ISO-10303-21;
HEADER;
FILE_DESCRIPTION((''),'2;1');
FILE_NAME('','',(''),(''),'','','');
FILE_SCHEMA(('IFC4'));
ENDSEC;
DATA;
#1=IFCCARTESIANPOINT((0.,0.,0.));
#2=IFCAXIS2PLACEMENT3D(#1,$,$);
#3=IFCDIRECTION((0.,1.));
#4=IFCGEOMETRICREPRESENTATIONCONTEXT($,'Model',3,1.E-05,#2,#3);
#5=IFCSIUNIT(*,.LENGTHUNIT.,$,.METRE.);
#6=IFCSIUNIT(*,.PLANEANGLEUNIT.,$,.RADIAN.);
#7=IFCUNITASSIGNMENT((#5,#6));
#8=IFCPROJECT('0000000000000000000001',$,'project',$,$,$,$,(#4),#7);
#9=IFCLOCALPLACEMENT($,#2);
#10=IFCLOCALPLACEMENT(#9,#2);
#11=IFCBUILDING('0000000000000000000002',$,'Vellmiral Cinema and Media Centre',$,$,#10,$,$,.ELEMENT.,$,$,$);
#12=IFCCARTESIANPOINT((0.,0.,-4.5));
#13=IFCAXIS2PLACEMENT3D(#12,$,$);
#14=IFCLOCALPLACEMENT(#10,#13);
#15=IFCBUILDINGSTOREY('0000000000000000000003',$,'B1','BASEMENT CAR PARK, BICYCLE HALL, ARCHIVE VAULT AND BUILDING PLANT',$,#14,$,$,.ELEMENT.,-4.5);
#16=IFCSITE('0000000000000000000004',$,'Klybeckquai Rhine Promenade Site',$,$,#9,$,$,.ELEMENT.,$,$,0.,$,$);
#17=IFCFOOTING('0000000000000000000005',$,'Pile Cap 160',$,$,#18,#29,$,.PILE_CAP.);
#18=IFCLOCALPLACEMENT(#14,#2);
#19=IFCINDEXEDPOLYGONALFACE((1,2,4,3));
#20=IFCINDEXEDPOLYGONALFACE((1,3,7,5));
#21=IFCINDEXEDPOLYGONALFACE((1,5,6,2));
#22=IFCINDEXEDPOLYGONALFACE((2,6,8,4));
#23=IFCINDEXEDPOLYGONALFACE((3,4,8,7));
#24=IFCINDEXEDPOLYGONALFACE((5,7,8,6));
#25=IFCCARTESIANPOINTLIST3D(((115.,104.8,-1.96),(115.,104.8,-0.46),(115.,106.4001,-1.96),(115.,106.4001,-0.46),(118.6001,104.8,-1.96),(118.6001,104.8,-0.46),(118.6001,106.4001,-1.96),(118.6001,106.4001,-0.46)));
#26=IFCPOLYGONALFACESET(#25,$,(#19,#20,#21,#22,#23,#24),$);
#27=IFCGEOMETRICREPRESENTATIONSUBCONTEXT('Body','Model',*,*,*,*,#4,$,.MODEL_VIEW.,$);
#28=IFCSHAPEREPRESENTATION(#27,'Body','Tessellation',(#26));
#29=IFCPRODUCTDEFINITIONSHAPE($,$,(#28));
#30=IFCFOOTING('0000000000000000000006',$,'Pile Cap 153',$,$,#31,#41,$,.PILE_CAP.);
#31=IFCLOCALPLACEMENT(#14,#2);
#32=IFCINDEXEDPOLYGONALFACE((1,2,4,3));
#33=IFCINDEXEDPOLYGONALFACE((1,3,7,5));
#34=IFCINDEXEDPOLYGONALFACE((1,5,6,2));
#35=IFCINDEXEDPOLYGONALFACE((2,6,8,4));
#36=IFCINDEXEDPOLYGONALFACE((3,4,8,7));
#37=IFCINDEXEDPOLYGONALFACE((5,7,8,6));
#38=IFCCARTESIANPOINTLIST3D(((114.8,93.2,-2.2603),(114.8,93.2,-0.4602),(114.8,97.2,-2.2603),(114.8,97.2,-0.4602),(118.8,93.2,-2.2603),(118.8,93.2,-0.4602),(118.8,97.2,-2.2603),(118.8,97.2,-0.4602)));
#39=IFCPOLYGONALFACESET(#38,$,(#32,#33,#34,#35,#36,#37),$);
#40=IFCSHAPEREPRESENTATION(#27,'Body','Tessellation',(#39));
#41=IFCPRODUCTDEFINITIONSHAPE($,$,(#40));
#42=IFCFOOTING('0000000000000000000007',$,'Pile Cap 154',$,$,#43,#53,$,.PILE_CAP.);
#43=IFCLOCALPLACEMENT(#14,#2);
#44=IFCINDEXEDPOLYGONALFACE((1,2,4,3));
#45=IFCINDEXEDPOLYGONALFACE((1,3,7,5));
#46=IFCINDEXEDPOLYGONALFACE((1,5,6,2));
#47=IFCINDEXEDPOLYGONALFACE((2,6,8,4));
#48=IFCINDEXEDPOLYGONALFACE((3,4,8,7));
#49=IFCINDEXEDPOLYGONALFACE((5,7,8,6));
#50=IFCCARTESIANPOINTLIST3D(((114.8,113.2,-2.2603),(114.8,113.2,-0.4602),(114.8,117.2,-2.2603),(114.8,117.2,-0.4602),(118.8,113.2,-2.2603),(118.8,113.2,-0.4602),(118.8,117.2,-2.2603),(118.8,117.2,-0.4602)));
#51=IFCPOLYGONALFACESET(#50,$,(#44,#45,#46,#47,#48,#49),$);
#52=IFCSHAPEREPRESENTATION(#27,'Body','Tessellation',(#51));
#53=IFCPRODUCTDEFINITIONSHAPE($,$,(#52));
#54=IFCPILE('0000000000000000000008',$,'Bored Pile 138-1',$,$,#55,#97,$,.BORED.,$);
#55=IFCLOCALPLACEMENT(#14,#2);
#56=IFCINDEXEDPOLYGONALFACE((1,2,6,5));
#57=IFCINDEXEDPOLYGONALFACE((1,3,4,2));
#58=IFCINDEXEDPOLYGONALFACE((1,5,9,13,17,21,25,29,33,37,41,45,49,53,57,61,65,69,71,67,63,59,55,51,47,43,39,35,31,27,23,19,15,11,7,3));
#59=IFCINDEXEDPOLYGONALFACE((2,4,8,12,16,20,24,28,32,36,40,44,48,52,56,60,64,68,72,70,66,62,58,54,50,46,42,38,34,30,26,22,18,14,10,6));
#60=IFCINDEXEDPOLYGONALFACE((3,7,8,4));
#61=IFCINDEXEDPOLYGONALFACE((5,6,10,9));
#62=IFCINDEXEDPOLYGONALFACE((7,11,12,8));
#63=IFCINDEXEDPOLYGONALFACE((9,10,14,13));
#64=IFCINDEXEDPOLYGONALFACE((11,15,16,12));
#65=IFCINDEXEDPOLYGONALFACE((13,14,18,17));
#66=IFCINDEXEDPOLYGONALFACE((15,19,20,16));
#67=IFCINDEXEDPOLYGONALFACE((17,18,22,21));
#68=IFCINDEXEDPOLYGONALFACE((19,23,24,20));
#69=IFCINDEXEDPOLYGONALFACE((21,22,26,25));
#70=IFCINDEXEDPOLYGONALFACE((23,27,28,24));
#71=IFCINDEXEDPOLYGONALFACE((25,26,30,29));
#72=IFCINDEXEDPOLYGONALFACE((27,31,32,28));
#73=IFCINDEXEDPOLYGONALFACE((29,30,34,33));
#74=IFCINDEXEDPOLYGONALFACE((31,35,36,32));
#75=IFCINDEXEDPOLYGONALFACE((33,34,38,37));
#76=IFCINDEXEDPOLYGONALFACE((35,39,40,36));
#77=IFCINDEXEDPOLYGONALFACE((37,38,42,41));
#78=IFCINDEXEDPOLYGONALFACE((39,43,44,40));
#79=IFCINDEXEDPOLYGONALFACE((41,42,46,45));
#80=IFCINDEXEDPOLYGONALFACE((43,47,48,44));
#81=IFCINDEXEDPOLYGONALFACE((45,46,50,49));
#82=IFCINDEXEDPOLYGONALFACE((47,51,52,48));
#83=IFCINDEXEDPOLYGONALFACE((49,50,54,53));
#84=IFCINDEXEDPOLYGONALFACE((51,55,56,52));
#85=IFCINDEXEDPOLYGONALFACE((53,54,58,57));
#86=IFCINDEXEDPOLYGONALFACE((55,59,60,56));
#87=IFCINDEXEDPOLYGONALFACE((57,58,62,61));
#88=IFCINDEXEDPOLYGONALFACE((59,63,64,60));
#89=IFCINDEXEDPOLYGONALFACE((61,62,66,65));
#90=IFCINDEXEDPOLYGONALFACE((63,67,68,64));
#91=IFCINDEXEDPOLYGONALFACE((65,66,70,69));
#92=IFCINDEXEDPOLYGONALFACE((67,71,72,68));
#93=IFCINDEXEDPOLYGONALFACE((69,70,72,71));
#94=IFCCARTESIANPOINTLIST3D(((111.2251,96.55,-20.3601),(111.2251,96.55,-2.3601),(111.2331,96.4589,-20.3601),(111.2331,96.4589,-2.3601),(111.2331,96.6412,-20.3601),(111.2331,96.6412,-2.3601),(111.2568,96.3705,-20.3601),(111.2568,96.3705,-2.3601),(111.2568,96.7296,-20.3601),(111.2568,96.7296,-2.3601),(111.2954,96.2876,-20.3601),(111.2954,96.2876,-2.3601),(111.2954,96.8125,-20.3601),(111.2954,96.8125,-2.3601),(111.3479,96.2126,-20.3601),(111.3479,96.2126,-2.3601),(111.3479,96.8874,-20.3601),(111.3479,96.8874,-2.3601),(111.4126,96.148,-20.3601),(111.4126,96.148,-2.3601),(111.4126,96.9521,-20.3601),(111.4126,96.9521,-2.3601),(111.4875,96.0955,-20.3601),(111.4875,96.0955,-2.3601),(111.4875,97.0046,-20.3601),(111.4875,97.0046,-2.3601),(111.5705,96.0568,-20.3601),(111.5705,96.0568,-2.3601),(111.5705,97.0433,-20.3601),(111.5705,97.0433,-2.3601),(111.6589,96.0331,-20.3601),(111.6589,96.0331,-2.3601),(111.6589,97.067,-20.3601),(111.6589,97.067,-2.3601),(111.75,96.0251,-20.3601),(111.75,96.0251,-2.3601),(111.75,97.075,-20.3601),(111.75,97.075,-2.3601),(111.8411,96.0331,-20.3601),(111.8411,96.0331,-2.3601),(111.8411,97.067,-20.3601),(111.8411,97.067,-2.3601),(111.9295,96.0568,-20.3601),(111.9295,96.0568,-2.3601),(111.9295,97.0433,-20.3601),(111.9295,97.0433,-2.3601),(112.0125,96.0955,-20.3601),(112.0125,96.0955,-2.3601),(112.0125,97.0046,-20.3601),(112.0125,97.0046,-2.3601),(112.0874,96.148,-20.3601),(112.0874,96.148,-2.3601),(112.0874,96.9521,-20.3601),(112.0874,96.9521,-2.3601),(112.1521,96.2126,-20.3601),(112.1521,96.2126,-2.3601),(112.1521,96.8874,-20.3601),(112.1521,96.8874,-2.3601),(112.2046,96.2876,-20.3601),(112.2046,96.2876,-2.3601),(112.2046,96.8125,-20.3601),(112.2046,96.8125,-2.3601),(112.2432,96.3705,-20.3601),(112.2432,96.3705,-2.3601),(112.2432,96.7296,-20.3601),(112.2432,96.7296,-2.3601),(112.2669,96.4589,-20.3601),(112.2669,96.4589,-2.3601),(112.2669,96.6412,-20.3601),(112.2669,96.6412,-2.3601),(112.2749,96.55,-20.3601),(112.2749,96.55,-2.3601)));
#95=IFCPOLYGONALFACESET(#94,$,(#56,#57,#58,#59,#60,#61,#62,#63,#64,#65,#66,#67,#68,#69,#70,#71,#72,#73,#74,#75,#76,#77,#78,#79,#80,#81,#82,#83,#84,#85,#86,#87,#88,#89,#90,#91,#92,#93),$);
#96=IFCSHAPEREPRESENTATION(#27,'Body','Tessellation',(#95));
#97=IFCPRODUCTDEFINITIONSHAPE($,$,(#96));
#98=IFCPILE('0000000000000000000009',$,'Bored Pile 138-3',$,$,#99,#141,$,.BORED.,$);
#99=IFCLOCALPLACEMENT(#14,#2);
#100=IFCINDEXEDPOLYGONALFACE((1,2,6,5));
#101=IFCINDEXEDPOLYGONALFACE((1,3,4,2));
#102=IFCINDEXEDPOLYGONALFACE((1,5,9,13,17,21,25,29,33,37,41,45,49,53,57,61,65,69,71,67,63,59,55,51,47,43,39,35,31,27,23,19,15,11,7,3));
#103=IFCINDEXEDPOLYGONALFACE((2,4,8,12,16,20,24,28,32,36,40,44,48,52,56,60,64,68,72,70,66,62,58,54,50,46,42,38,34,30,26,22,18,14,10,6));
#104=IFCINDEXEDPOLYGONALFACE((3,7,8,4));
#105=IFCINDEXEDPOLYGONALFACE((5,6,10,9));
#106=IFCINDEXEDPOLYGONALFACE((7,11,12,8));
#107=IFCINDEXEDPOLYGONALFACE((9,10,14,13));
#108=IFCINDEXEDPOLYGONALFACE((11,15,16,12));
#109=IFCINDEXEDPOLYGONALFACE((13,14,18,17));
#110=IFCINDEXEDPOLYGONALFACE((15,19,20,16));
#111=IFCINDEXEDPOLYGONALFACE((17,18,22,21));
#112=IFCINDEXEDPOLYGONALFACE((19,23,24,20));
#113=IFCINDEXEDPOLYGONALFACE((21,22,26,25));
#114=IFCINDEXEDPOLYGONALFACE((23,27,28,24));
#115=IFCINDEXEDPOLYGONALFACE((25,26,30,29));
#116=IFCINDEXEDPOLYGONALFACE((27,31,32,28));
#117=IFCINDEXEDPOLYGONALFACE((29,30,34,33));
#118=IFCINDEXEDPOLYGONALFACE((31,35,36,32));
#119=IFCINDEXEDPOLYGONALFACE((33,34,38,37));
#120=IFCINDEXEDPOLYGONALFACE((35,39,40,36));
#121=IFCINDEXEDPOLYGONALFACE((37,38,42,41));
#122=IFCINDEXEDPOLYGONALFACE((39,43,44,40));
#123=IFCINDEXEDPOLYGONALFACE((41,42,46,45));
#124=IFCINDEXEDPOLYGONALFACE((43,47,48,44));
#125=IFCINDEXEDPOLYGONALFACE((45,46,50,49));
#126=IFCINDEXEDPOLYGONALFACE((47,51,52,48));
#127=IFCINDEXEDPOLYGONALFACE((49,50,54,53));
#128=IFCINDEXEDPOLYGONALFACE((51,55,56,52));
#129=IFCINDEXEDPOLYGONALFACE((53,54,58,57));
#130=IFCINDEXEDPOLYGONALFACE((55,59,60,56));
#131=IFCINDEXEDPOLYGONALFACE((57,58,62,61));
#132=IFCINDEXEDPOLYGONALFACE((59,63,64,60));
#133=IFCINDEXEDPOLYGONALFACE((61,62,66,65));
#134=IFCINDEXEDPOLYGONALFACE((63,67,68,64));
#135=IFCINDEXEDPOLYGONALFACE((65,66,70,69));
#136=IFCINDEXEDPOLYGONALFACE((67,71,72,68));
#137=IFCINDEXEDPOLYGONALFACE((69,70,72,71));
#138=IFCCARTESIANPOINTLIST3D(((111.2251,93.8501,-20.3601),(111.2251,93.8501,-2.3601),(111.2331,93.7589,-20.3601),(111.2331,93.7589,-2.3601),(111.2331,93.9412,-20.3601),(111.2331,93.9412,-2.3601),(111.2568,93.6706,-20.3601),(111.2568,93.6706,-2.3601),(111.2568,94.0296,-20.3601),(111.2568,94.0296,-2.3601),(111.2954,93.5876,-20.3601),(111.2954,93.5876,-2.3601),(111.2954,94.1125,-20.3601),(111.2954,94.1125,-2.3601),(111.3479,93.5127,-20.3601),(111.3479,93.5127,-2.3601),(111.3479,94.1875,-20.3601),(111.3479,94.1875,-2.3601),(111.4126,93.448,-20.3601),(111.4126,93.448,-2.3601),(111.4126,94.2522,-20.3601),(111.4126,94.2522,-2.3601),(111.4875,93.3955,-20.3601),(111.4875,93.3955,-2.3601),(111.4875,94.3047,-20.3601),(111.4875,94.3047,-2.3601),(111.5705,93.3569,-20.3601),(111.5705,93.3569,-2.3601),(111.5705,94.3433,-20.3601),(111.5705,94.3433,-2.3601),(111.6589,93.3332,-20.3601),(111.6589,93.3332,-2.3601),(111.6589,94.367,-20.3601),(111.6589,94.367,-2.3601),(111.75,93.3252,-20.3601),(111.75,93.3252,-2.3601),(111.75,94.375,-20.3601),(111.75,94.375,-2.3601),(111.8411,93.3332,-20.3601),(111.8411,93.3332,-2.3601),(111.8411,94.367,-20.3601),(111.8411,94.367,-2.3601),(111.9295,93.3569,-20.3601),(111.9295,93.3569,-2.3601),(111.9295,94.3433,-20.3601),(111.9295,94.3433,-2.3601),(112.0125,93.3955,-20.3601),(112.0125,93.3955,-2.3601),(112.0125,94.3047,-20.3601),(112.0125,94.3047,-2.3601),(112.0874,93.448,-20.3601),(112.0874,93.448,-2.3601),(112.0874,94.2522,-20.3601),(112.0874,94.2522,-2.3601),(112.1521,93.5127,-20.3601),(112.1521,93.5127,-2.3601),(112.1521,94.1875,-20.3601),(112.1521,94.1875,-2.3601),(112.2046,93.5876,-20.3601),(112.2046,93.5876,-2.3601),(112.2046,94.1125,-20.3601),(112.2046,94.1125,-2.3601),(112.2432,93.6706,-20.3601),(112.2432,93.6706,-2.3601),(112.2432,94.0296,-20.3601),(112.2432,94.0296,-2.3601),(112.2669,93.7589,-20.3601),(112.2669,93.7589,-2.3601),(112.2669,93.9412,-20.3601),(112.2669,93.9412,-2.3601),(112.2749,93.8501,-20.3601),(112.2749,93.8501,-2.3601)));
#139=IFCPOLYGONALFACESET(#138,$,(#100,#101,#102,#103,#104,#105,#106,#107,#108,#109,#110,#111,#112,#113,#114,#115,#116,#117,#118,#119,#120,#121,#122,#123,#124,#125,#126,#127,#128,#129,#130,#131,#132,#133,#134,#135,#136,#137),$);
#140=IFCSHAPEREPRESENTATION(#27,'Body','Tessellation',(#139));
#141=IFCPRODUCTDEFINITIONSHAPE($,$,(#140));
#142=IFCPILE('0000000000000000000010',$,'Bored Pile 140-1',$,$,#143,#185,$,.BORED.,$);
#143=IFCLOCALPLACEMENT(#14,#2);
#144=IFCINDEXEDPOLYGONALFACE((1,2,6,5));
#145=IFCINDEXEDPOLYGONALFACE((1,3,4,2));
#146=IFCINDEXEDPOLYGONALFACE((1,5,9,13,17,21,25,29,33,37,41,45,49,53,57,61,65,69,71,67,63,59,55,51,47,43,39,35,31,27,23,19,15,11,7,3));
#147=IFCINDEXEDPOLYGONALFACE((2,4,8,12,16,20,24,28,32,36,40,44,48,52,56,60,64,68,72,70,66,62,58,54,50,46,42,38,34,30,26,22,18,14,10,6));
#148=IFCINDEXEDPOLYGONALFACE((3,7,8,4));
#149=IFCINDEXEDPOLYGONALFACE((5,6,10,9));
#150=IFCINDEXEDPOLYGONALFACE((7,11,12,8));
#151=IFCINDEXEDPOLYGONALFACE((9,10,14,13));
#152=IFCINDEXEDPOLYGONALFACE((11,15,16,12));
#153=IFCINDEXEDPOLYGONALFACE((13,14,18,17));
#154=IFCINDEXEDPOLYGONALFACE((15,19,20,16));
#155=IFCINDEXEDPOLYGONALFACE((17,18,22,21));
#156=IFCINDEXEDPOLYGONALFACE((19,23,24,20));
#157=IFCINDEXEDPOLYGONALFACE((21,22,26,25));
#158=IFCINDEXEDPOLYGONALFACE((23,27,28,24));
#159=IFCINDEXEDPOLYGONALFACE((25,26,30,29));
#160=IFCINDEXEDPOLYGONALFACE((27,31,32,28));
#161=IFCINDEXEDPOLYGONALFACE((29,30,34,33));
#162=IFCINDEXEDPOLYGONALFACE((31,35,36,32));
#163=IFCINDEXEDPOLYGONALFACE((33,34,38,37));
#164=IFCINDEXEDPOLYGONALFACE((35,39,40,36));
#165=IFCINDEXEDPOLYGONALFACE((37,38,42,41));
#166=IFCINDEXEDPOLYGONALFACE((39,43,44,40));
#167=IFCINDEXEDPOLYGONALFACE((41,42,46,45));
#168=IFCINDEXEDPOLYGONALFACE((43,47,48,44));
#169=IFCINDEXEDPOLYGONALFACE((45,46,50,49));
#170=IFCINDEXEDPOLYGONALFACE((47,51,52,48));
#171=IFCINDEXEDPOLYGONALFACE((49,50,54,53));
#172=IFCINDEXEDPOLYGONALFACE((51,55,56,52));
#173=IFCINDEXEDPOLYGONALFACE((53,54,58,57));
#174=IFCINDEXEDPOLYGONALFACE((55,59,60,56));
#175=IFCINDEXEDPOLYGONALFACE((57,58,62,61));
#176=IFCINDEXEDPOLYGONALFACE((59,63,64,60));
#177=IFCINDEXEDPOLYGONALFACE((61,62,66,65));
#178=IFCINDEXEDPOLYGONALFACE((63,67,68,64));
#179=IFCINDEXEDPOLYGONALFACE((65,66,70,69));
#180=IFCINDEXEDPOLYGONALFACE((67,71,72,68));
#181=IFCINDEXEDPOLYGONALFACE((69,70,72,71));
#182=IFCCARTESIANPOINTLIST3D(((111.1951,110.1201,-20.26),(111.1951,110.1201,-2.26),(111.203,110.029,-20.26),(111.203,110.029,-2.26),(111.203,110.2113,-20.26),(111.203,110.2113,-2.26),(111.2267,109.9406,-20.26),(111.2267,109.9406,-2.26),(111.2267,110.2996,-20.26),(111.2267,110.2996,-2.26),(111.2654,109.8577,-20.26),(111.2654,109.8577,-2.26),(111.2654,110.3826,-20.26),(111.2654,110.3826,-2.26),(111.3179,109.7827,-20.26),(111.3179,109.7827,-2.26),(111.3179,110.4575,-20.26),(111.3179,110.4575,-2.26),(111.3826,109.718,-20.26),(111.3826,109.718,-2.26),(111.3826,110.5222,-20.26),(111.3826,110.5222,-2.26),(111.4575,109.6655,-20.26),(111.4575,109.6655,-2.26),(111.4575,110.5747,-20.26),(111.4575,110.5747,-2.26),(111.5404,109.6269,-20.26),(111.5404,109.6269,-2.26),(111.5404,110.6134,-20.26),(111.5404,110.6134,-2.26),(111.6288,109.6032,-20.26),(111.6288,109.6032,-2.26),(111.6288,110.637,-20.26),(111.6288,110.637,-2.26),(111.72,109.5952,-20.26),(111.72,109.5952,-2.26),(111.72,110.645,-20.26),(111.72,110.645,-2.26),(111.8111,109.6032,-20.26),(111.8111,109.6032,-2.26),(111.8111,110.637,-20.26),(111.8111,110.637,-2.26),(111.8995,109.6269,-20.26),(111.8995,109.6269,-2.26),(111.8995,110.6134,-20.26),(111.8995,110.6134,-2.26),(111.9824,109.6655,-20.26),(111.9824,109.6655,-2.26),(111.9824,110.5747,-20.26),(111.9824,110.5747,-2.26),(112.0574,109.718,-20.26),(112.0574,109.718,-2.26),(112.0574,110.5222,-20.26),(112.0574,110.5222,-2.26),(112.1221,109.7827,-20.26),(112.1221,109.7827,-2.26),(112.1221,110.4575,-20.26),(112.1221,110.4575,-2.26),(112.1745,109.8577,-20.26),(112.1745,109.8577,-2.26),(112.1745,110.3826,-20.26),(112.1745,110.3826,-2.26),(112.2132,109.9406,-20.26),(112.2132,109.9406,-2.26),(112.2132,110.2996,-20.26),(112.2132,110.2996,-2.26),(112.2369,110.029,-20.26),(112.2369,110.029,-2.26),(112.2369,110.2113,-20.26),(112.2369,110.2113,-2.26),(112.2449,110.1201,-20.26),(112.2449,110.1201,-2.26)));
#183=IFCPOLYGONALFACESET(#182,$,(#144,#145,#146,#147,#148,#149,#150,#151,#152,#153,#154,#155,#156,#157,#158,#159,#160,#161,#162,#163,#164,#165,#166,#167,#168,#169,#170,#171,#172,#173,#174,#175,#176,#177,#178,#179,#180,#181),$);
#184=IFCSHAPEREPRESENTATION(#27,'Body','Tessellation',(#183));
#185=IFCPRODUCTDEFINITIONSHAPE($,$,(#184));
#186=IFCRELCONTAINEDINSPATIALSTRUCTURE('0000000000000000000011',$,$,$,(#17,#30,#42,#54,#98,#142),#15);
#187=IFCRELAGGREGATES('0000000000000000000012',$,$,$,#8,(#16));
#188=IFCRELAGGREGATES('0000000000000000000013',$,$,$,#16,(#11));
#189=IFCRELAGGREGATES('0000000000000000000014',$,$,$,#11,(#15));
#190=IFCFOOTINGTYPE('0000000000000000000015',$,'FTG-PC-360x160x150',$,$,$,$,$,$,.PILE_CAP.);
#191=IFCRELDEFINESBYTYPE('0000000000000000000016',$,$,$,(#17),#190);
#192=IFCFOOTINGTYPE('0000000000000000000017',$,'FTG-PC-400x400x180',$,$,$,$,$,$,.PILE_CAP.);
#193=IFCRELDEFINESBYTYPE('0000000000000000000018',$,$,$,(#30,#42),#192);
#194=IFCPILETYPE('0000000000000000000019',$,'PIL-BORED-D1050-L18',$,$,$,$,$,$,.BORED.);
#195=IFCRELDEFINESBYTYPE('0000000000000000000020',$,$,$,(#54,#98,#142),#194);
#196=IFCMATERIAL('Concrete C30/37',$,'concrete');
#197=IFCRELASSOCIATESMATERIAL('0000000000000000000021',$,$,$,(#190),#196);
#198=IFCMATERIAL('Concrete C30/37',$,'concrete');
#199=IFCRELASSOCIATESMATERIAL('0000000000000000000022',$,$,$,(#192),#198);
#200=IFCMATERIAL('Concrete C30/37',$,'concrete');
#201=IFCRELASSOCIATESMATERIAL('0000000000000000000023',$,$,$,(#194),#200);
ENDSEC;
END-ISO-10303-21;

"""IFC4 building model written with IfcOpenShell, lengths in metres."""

from ifc_helpers import new_model, si_unit, direction, frame, origin, origin_2d, place, context, subcontext, project, spatial, rectangle, circle, extrude, material, material_profile, profile_set, type_object, element, save


model = new_model("IFC4")

# Units and contexts
model_context = context("Model", 3, precision=1e-05, world=origin(), true_north=direction((0.0, 1.0)))
body_context = subcontext(model_context, "Body", "Model", "MODEL_VIEW")
ifc_project = project(units=[si_unit("LENGTHUNIT", "METRE"), si_unit("PLANEANGLEUNIT", "RADIAN")], contexts=[model_context])

# Site, building, storey
site_placement = place(None, origin())
site = spatial("IfcSite", under=ifc_project, at=site_placement, Name="Klybeckquai Rhine Promenade Site", CompositionType="ELEMENT", RefElevation=0.0)
building_placement = place(site_placement, origin())
building = spatial("IfcBuilding", under=site, at=building_placement, Name="Vellmiral Cinema and Media Centre", CompositionType="ELEMENT")
storey_placement = place(building_placement, frame((0.0, 0.0, -4.5)))
storey = spatial("IfcBuildingStorey", under=building, at=storey_placement, Name="B1", Description="BASEMENT CAR PARK, BICYCLE HALL, ARCHIVE VAULT AND BUILDING PLANT", CompositionType="ELEMENT", Elevation=-4.5)

# Footings
ifc_material_1 = material(Name="Concrete C30/37", Category="concrete")
footing_type_1 = type_object("IfcFootingType", Name="FTG-PC-360x160x150", PredefinedType="PILE_CAP", material=ifc_material_1)
footing_placement = place(storey_placement, frame((116.8, 105.6001, -1.96), z_axis=(0.0, 0.0, 1.0), x_axis=(1.0, 0.0, 0.0)))
element("IfcFooting", 1, at=footing_placement, inside=storey, type_object=footing_type_1, Name="Pile Cap 160", PredefinedType="PILE_CAP", context=body_context, shape_type="SweptSolid", body=[
    extrude(rectangle(XDim=3.6001, YDim=1.6001, at=origin_2d()), origin(), (0.0, 0.0, 1.0), 1.5),
])
ifc_material_2 = material(Name="Concrete C30/37", Category="concrete")
footing_type_2 = type_object("IfcFootingType", Name="FTG-PC-400x400x180", PredefinedType="PILE_CAP", material=ifc_material_2)
for number, where, z_axis, x_axis, name in (
    (2, (116.8, 95.2, -2.2603), (0.0, 0.0, 1.0), (1.0, 0.0, 0.0), "Pile Cap 153"),
    (3, (116.8, 115.2, -2.2603), (0.0, 0.0, 1.0), (1.0, 0.0, 0.0), "Pile Cap 154"),
):
    element("IfcFooting", number, at=place(storey_placement, frame(where, z_axis=z_axis, x_axis=x_axis)), inside=storey, type_object=footing_type_2, Name=name, PredefinedType="PILE_CAP", context=body_context, shape_type="SweptSolid", body=[
        extrude(rectangle(XDim=4.0, YDim=4.0, at=origin_2d()), origin(), (0.0, 0.0, 1.0), 1.8),
    ])

# Piles
ifc_material_3 = material(Name="Concrete C30/37", Category="concrete")
ifc_material_profile_1 = material_profile(ifc_material_3, circle(Radius=0.5249, at=origin_2d()), Name="PILE D1050")
ifc_profile_set_1 = profile_set([ifc_material_profile_1], Name="Concrete C30/37")
pile_type_1 = type_object("IfcPileType", Name="PIL-BORED-D1050-L18", PredefinedType="BORED", material=ifc_profile_set_1)
for number, where, z_axis, x_axis, name in (
    (4, (111.75, 96.55, -2.3601), (0.0, 0.0, -1.0), (1.0, 0.0, 0.0), "Bored Pile 138-1"),
    (5, (111.75, 93.8501, -2.3601), (0.0, 0.0, -1.0), (1.0, 0.0, 0.0), "Bored Pile 138-3"),
    (6, (111.72, 110.1201, -2.26), (0.0, 0.0, -1.0), (1.0, 0.0, 0.0), "Bored Pile 140-1"),
):
    element("IfcPile", number, at=place(storey_placement, frame(where, z_axis=z_axis, x_axis=x_axis)), inside=storey, type_object=pile_type_1, Name=name, PredefinedType="BORED", context=body_context, shape_type="SweptSolid", body=[
        extrude(circle(Radius=0.5249, at=origin_2d()), origin(), (0.0, 0.0, 1.0), 18.0),
    ])

save(model, "model.ifc")
